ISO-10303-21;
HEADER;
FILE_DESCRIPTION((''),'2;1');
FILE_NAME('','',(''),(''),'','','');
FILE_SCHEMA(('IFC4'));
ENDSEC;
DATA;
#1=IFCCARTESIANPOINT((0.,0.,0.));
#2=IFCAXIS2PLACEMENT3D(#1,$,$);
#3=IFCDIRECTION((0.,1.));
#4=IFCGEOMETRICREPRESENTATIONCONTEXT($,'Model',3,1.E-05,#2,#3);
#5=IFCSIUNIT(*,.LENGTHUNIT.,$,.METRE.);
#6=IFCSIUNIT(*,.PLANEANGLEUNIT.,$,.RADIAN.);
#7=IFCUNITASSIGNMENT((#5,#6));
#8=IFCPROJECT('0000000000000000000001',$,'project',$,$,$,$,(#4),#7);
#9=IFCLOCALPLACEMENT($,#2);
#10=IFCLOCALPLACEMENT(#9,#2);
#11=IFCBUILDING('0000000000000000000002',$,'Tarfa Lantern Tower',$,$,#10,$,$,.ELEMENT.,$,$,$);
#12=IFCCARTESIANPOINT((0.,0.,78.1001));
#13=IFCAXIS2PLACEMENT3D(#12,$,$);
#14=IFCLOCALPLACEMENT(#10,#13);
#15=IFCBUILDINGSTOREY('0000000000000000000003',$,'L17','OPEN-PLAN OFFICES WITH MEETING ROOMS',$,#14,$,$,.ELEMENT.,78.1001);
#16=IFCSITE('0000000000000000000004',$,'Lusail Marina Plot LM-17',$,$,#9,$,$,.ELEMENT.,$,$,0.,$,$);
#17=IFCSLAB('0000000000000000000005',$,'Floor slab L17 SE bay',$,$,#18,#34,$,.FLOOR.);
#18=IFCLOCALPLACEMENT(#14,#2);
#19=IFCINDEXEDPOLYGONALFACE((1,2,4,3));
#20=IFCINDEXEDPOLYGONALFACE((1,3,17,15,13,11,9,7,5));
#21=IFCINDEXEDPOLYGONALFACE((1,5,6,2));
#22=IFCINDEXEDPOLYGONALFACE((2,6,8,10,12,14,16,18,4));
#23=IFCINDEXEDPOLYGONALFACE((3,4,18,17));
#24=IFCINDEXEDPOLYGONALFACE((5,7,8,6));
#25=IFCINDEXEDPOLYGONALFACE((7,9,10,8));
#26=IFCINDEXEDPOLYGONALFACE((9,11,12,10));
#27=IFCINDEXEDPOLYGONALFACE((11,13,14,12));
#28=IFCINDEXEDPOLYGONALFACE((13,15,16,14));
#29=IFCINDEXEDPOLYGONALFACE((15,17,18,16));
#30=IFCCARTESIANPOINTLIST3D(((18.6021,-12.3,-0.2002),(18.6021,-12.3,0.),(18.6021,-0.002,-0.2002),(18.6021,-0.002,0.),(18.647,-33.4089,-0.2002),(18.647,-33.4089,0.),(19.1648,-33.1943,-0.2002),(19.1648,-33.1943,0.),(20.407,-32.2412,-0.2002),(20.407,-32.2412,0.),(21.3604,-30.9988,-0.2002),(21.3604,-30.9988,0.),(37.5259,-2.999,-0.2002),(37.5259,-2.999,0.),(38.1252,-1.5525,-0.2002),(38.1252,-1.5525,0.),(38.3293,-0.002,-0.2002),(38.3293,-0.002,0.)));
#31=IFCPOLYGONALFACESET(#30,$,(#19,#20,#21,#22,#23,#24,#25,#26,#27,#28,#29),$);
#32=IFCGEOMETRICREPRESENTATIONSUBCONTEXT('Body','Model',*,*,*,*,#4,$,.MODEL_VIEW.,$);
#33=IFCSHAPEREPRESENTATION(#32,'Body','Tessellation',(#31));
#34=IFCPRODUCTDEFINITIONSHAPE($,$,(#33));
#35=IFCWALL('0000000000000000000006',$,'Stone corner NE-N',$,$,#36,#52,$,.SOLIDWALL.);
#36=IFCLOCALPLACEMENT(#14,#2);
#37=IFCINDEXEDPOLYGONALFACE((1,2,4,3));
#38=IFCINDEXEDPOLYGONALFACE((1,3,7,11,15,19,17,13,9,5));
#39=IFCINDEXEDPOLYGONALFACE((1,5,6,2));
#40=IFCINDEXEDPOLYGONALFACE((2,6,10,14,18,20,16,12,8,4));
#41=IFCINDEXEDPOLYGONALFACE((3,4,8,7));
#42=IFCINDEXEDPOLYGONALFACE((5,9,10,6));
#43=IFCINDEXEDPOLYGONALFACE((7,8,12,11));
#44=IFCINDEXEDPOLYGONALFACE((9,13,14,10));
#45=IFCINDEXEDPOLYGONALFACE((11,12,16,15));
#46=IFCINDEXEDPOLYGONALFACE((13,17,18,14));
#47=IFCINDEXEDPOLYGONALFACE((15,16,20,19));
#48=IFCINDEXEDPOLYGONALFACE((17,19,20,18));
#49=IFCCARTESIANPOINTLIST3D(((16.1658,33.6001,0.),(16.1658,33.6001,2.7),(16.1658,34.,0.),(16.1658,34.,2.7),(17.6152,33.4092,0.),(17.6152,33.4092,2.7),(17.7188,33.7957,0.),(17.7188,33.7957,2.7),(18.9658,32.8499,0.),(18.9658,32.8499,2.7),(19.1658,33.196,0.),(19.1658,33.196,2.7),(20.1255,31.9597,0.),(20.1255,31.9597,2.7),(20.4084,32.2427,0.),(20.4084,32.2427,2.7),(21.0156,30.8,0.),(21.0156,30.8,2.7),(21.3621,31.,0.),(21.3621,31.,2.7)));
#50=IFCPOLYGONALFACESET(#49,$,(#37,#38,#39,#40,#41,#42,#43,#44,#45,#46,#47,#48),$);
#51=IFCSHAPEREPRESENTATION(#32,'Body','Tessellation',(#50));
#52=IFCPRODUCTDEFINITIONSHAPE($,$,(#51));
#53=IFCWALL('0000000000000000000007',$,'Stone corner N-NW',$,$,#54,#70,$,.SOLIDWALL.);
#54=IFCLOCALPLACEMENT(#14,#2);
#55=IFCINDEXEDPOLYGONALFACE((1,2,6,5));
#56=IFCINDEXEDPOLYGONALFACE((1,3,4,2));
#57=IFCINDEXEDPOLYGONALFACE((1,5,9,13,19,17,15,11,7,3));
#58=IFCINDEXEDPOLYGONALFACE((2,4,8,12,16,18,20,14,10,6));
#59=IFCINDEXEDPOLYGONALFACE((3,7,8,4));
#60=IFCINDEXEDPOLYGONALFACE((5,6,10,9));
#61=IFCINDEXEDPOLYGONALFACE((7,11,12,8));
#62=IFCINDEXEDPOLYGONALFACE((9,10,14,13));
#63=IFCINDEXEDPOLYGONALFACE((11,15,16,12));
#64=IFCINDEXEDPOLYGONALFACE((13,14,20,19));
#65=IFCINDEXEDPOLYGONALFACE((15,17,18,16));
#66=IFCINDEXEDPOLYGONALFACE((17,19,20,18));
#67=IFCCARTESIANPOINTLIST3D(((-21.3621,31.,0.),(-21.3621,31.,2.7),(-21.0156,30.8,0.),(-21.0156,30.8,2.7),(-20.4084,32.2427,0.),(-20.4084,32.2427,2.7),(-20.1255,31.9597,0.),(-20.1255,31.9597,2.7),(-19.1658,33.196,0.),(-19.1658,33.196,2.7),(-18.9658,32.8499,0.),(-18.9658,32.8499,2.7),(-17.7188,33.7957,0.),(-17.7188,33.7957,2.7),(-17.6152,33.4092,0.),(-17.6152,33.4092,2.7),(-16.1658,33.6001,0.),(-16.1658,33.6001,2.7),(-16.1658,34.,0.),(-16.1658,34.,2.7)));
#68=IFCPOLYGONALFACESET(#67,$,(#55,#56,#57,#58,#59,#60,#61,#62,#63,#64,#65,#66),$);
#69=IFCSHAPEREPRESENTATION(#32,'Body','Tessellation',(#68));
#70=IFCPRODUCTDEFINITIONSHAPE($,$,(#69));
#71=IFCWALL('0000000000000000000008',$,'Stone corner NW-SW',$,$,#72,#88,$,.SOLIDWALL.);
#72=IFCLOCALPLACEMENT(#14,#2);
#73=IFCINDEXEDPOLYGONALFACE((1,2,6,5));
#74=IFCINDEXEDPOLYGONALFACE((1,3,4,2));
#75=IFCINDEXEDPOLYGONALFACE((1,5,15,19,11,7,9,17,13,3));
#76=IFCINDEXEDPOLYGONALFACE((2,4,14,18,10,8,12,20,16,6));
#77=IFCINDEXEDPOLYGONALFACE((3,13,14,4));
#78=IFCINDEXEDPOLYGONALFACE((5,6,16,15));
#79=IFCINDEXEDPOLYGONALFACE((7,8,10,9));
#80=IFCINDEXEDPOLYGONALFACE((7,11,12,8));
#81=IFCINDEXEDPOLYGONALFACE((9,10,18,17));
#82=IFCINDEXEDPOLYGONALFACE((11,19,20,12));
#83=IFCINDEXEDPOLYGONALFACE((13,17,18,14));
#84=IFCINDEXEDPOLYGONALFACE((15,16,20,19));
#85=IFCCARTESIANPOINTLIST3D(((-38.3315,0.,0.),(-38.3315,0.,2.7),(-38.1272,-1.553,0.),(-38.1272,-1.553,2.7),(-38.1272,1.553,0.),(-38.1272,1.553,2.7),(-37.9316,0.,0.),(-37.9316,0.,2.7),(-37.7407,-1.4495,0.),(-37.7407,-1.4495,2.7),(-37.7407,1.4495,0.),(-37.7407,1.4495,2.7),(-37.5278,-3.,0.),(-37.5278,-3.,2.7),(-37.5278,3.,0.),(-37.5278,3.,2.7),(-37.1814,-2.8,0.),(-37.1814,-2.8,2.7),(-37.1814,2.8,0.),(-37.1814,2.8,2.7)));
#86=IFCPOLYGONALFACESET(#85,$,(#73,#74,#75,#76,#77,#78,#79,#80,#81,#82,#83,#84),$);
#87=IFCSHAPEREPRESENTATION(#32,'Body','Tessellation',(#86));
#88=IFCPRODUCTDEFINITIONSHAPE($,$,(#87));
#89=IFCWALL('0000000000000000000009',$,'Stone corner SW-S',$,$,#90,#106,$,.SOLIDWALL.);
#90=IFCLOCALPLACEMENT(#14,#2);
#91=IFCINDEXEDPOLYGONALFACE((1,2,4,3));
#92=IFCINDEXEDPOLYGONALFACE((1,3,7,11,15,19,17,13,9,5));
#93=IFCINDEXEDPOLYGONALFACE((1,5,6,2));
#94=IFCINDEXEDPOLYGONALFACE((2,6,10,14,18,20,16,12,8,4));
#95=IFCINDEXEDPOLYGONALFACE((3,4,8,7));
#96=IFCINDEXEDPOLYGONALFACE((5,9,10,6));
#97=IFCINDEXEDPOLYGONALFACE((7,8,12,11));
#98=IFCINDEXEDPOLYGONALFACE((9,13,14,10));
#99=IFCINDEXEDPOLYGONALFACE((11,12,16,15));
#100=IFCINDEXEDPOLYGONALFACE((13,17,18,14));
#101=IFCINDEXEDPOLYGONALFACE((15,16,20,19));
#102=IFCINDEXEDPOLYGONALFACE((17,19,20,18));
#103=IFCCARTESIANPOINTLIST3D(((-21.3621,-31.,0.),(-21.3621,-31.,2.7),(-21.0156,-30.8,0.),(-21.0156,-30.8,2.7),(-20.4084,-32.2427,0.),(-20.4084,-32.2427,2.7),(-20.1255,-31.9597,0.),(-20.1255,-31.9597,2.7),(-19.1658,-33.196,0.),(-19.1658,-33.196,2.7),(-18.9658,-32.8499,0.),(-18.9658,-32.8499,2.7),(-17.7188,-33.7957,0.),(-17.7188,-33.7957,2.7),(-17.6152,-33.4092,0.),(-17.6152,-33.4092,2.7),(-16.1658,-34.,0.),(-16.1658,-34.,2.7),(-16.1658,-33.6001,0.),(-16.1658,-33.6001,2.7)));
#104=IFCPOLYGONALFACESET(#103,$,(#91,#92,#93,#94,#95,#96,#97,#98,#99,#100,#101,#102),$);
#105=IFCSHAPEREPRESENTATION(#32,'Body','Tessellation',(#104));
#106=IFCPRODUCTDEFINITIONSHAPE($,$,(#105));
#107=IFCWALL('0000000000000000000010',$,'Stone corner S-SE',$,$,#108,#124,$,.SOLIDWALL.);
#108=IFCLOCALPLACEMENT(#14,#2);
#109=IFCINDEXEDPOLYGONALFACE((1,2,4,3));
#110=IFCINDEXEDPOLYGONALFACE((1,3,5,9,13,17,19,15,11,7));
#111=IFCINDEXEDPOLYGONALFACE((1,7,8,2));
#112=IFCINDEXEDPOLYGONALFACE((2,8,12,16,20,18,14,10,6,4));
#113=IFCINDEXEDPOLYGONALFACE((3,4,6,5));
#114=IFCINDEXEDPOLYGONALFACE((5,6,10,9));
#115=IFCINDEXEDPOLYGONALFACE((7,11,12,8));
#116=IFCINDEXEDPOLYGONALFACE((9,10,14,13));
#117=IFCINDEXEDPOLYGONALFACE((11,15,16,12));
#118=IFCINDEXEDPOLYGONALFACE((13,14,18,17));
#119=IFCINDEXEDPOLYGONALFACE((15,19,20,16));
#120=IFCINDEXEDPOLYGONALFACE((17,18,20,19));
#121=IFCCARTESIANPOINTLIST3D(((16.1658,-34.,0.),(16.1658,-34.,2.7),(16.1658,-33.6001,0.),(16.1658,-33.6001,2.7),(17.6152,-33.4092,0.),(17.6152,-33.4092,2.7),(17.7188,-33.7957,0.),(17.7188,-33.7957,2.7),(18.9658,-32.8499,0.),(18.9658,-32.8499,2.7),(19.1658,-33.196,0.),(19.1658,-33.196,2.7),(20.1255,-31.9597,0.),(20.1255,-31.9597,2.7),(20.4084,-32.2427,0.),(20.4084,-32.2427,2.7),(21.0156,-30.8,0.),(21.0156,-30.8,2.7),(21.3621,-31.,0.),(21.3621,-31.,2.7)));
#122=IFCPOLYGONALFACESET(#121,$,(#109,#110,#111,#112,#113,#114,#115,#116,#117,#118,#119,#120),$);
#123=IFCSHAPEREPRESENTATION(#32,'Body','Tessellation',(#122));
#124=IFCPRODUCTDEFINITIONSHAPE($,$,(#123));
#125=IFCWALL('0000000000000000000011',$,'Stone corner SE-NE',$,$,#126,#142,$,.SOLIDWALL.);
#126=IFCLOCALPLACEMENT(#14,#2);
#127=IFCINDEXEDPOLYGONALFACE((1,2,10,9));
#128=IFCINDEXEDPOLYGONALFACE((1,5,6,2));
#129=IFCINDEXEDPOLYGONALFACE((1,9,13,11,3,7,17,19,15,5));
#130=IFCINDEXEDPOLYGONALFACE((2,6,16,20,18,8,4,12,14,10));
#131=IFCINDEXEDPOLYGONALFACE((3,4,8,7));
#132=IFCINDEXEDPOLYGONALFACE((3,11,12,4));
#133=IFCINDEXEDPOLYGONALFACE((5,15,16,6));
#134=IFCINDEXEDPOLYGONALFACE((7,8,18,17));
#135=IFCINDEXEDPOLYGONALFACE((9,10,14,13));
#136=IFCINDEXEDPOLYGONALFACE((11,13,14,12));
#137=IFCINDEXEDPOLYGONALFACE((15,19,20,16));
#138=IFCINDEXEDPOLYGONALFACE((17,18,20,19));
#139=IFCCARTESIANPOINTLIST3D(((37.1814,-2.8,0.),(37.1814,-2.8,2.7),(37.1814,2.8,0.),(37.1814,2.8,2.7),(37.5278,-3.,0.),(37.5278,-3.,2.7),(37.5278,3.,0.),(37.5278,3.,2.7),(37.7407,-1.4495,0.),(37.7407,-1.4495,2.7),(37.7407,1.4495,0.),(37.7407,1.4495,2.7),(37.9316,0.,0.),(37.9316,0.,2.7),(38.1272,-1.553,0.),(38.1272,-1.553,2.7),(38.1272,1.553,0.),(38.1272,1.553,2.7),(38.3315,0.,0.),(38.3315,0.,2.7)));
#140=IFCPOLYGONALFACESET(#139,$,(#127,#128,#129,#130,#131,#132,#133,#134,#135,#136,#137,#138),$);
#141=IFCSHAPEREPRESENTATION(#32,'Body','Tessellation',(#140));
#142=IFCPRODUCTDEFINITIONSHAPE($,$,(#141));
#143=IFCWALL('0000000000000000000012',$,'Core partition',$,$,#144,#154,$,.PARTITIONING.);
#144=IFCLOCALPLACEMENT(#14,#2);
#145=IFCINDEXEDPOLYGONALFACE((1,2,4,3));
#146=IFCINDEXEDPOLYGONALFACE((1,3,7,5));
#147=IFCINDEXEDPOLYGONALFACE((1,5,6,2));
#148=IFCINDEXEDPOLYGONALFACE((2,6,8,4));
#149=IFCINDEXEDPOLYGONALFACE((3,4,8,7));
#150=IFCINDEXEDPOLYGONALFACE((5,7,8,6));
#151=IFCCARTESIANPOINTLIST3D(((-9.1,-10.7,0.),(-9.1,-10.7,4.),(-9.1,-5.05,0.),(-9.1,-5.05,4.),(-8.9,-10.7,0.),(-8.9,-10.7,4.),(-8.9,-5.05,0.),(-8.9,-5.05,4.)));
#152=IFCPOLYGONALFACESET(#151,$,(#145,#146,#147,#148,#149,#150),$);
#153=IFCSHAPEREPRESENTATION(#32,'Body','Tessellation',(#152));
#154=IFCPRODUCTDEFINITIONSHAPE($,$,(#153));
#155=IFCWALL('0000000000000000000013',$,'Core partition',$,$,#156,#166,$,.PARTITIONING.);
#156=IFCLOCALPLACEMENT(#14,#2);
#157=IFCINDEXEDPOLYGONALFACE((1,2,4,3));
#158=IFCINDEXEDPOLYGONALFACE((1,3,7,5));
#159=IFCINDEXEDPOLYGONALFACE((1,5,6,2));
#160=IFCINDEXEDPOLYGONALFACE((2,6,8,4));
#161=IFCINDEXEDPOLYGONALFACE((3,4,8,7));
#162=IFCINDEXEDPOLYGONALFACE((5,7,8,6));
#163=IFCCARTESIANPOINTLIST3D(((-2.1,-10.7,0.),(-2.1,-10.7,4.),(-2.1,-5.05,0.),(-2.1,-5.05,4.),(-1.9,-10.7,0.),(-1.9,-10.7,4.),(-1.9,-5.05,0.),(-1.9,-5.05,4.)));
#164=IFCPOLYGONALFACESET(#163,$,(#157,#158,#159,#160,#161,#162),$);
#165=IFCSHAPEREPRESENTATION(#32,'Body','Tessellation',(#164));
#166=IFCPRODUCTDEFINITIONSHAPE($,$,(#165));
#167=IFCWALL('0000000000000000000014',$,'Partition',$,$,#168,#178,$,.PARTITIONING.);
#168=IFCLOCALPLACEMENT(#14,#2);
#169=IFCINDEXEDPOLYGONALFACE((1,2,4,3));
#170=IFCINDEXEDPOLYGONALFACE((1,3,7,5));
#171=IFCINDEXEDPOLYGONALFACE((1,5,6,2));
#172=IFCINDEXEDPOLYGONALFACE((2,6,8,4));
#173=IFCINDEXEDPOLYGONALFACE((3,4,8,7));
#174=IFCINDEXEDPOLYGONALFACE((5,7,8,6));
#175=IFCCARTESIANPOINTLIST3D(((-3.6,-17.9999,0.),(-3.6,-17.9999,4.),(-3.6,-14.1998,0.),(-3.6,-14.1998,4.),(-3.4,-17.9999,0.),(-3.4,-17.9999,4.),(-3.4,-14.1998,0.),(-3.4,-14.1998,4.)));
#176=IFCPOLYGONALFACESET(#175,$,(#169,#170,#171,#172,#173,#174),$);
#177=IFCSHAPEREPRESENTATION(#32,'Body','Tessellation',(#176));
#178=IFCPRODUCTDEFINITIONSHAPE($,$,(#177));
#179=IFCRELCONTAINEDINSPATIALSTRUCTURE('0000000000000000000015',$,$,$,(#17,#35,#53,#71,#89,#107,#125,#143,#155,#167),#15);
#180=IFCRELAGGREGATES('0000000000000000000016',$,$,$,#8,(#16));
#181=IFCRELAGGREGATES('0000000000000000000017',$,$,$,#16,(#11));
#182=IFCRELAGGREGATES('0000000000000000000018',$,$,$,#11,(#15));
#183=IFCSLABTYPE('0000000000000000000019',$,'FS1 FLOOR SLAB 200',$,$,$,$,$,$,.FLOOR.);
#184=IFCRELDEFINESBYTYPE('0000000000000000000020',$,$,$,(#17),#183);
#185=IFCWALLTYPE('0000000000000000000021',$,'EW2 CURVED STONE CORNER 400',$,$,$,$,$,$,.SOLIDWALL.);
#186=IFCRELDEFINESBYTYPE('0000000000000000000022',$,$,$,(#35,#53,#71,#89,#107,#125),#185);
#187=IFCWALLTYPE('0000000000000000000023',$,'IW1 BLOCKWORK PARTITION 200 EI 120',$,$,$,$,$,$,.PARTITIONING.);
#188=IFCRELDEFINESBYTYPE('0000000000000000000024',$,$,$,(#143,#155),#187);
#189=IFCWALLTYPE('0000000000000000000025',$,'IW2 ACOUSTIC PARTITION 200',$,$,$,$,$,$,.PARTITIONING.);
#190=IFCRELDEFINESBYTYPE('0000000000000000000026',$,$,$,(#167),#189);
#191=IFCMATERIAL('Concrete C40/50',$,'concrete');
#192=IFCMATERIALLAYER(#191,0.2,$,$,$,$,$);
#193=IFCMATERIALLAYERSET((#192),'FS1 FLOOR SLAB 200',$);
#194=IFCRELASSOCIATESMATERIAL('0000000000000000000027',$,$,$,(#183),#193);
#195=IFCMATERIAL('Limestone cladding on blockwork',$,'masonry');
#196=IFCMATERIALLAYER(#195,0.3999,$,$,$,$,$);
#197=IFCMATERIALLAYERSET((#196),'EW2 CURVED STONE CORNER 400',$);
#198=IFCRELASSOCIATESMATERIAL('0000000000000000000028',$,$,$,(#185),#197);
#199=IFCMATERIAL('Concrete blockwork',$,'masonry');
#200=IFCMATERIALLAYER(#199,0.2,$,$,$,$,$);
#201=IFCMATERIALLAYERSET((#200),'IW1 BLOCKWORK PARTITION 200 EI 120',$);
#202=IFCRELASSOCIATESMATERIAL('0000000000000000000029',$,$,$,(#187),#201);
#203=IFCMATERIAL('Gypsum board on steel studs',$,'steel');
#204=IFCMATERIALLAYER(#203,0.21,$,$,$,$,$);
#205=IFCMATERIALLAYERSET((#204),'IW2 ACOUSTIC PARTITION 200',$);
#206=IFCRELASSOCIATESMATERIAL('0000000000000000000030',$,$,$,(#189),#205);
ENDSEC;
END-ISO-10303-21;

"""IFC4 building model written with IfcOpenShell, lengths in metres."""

from ifc_helpers import new_model, si_unit, direction, frame, frame_2d, origin, place, context, subcontext, project, spatial, polyline, rectangle, outline, extrude, material, layer, layer_set, type_object, element, save


model = new_model("IFC4")

# Units and contexts
model_context = context("Model", 3, precision=1e-05, world=origin(), true_north=direction((0.0, 1.0)))
body_context = subcontext(model_context, "Body", "Model", "MODEL_VIEW")
ifc_project = project(units=[si_unit("LENGTHUNIT", "METRE"), si_unit("PLANEANGLEUNIT", "RADIAN")], contexts=[model_context])

# Site, building, storey
site_placement = place(None, origin())
site = spatial("IfcSite", under=ifc_project, at=site_placement, Name="Lusail Marina Plot LM-17", CompositionType="ELEMENT", RefElevation=0.0)
building_placement = place(site_placement, origin())
building = spatial("IfcBuilding", under=site, at=building_placement, Name="Tarfa Lantern Tower", CompositionType="ELEMENT")
storey_placement = place(building_placement, frame((0.0, 0.0, 78.1001)))
storey = spatial("IfcBuildingStorey", under=building, at=storey_placement, Name="L17", Description="OPEN-PLAN OFFICES WITH MEETING ROOMS", CompositionType="ELEMENT", Elevation=78.1001)

# Slab
ifc_material_1 = material(Name="Concrete C40/50", Category="concrete")
ifc_layer_1 = layer(ifc_material_1, 0.2)
ifc_layer_set_1 = layer_set([ifc_layer_1], Name="FS1 FLOOR SLAB 200")
slab_type_1 = type_object("IfcSlabType", Name="FS1 FLOOR SLAB 200", PredefinedType="FLOOR", material=ifc_layer_set_1)
slab_1_placement = place(storey_placement, frame((0.0, 0.0, -0.2002)))
element("IfcSlab", 1, at=slab_1_placement, inside=storey, type_object=slab_type_1, Name="Floor slab L17 SE bay", PredefinedType="FLOOR", context=body_context, shape_type="SweptSolid", body=[
    extrude(outline(polyline([(18.6021, -0.002), (18.6021, -12.3), (18.647, -33.4089), (19.1648, -33.1943), (20.407, -32.2412), (21.3604, -30.9988), (37.5259, -2.999), (38.1252, -1.5525), (38.3293, -0.002), (18.6021, -0.002)])), origin(), (0.0, 0.0, 1.0), 0.2002),
])

# Walls
ifc_material_2 = material(Name="Limestone cladding on blockwork", Category="masonry")
ifc_layer_2 = layer(ifc_material_2, 0.3999)
ifc_layer_set_2 = layer_set([ifc_layer_2], Name="EW2 CURVED STONE CORNER 400")
wall_type_1 = type_object("IfcWallType", Name="EW2 CURVED STONE CORNER 400", PredefinedType="SOLIDWALL", material=ifc_layer_set_2)
wall_1_placement = place(storey_placement, origin())
element("IfcWall", 2, at=wall_1_placement, inside=storey, type_object=wall_type_1, Name="Stone corner NE-N", PredefinedType="SOLIDWALL", context=body_context, shape_type="SweptSolid", body=[
    extrude(outline(polyline([(21.3621, 31.0), (20.4084, 32.2427), (19.1658, 33.196), (17.7188, 33.7957), (16.1658, 34.0), (16.1658, 33.6001), (17.6152, 33.4092), (18.9658, 32.8499), (20.1255, 31.9597), (21.0156, 30.8), (21.3621, 31.0)])), origin(), (0.0, 0.0, 1.0), 2.7),
])
wall_2_placement = place(storey_placement, origin())
element("IfcWall", 3, at=wall_2_placement, inside=storey, type_object=wall_type_1, Name="Stone corner N-NW", PredefinedType="SOLIDWALL", context=body_context, shape_type="SweptSolid", body=[
    extrude(outline(polyline([(-16.1658, 34.0), (-17.7188, 33.7957), (-19.1658, 33.196), (-20.4084, 32.2427), (-21.3621, 31.0), (-21.0156, 30.8), (-20.1255, 31.9597), (-18.9658, 32.8499), (-17.6152, 33.4092), (-16.1658, 33.6001), (-16.1658, 34.0)])), origin(), (0.0, 0.0, 1.0), 2.7),
])
wall_3_placement = place(storey_placement, origin())
element("IfcWall", 4, at=wall_3_placement, inside=storey, type_object=wall_type_1, Name="Stone corner NW-SW", PredefinedType="SOLIDWALL", context=body_context, shape_type="SweptSolid", body=[
    extrude(outline(polyline([(-37.5278, 3.0), (-38.1272, 1.553), (-38.3315, 0.0), (-38.1272, -1.553), (-37.5278, -3.0), (-37.1814, -2.8), (-37.7407, -1.4495), (-37.9316, 0.0), (-37.7407, 1.4495), (-37.1814, 2.8), (-37.5278, 3.0)])), origin(), (0.0, 0.0, 1.0), 2.7),
])
wall_4_placement = place(storey_placement, origin())
element("IfcWall", 5, at=wall_4_placement, inside=storey, type_object=wall_type_1, Name="Stone corner SW-S", PredefinedType="SOLIDWALL", context=body_context, shape_type="SweptSolid", body=[
    extrude(outline(polyline([(-21.3621, -31.0), (-20.4084, -32.2427), (-19.1658, -33.196), (-17.7188, -33.7957), (-16.1658, -34.0), (-16.1658, -33.6001), (-17.6152, -33.4092), (-18.9658, -32.8499), (-20.1255, -31.9597), (-21.0156, -30.8), (-21.3621, -31.0)])), origin(), (0.0, 0.0, 1.0), 2.7),
])
wall_5_placement = place(storey_placement, origin())
element("IfcWall", 6, at=wall_5_placement, inside=storey, type_object=wall_type_1, Name="Stone corner S-SE", PredefinedType="SOLIDWALL", context=body_context, shape_type="SweptSolid", body=[
    extrude(outline(polyline([(16.1658, -34.0), (17.7188, -33.7957), (19.1658, -33.196), (20.4084, -32.2427), (21.3621, -31.0), (21.0156, -30.8), (20.1255, -31.9597), (18.9658, -32.8499), (17.6152, -33.4092), (16.1658, -33.6001), (16.1658, -34.0)])), origin(), (0.0, 0.0, 1.0), 2.7),
])
wall_6_placement = place(storey_placement, origin())
element("IfcWall", 7, at=wall_6_placement, inside=storey, type_object=wall_type_1, Name="Stone corner SE-NE", PredefinedType="SOLIDWALL", context=body_context, shape_type="SweptSolid", body=[
    extrude(outline(polyline([(37.5278, -3.0), (38.1272, -1.553), (38.3315, 0.0), (38.1272, 1.553), (37.5278, 3.0), (37.1814, 2.8), (37.7407, 1.4495), (37.9316, 0.0), (37.7407, -1.4495), (37.1814, -2.8), (37.5278, -3.0)])), origin(), (0.0, 0.0, 1.0), 2.7),
])
ifc_material_3 = material(Name="Concrete blockwork", Category="masonry")
ifc_layer_3 = layer(ifc_material_3, 0.2)
ifc_layer_set_3 = layer_set([ifc_layer_3], Name="IW1 BLOCKWORK PARTITION 200 EI 120")
wall_type_2 = type_object("IfcWallType", Name="IW1 BLOCKWORK PARTITION 200 EI 120", PredefinedType="PARTITIONING", material=ifc_layer_set_3)
for number, where, z_axis, x_axis, name in (
    (8, (-9.0, -5.05, 0.0), (0.0, 0.0, 1.0), (0.0, -1.0, 0.0), "Core partition"),
    (9, (-2.0, -5.05, 0.0), (0.0, 0.0, 1.0), (0.0, -1.0, 0.0), "Core partition"),
):
    element("IfcWall", number, at=place(storey_placement, frame(where, z_axis=z_axis, x_axis=x_axis)), inside=storey, type_object=wall_type_2, Name=name, PredefinedType="PARTITIONING", context=body_context, shape_type="SweptSolid", body=[
        extrude(rectangle(XDim=5.6499, YDim=0.2, at=frame_2d((2.825, 0.0))), origin(), (0.0, 0.0, 1.0), 4.0),
    ])
ifc_material_4 = material(Name="Gypsum board on steel studs", Category="steel")
ifc_layer_4 = layer(ifc_material_4, 0.21)
ifc_layer_set_4 = layer_set([ifc_layer_4], Name="IW2 ACOUSTIC PARTITION 200")
wall_type_3 = type_object("IfcWallType", Name="IW2 ACOUSTIC PARTITION 200", PredefinedType="PARTITIONING", material=ifc_layer_set_4)
wall_7_placement = place(storey_placement, frame((-3.5, -14.2, 0.0), z_axis=(0.0, 0.0, 1.0), x_axis=(0.0, -1.0, 0.0)))
element("IfcWall", 10, at=wall_7_placement, inside=storey, type_object=wall_type_3, Name="Partition", PredefinedType="PARTITIONING", context=body_context, shape_type="SweptSolid", body=[
    extrude(rectangle(XDim=3.8, YDim=0.2, at=frame_2d((1.8999, 0.0))), origin(), (0.0, 0.0, 1.0), 4.0),
])

save(model, "model.ifc")
